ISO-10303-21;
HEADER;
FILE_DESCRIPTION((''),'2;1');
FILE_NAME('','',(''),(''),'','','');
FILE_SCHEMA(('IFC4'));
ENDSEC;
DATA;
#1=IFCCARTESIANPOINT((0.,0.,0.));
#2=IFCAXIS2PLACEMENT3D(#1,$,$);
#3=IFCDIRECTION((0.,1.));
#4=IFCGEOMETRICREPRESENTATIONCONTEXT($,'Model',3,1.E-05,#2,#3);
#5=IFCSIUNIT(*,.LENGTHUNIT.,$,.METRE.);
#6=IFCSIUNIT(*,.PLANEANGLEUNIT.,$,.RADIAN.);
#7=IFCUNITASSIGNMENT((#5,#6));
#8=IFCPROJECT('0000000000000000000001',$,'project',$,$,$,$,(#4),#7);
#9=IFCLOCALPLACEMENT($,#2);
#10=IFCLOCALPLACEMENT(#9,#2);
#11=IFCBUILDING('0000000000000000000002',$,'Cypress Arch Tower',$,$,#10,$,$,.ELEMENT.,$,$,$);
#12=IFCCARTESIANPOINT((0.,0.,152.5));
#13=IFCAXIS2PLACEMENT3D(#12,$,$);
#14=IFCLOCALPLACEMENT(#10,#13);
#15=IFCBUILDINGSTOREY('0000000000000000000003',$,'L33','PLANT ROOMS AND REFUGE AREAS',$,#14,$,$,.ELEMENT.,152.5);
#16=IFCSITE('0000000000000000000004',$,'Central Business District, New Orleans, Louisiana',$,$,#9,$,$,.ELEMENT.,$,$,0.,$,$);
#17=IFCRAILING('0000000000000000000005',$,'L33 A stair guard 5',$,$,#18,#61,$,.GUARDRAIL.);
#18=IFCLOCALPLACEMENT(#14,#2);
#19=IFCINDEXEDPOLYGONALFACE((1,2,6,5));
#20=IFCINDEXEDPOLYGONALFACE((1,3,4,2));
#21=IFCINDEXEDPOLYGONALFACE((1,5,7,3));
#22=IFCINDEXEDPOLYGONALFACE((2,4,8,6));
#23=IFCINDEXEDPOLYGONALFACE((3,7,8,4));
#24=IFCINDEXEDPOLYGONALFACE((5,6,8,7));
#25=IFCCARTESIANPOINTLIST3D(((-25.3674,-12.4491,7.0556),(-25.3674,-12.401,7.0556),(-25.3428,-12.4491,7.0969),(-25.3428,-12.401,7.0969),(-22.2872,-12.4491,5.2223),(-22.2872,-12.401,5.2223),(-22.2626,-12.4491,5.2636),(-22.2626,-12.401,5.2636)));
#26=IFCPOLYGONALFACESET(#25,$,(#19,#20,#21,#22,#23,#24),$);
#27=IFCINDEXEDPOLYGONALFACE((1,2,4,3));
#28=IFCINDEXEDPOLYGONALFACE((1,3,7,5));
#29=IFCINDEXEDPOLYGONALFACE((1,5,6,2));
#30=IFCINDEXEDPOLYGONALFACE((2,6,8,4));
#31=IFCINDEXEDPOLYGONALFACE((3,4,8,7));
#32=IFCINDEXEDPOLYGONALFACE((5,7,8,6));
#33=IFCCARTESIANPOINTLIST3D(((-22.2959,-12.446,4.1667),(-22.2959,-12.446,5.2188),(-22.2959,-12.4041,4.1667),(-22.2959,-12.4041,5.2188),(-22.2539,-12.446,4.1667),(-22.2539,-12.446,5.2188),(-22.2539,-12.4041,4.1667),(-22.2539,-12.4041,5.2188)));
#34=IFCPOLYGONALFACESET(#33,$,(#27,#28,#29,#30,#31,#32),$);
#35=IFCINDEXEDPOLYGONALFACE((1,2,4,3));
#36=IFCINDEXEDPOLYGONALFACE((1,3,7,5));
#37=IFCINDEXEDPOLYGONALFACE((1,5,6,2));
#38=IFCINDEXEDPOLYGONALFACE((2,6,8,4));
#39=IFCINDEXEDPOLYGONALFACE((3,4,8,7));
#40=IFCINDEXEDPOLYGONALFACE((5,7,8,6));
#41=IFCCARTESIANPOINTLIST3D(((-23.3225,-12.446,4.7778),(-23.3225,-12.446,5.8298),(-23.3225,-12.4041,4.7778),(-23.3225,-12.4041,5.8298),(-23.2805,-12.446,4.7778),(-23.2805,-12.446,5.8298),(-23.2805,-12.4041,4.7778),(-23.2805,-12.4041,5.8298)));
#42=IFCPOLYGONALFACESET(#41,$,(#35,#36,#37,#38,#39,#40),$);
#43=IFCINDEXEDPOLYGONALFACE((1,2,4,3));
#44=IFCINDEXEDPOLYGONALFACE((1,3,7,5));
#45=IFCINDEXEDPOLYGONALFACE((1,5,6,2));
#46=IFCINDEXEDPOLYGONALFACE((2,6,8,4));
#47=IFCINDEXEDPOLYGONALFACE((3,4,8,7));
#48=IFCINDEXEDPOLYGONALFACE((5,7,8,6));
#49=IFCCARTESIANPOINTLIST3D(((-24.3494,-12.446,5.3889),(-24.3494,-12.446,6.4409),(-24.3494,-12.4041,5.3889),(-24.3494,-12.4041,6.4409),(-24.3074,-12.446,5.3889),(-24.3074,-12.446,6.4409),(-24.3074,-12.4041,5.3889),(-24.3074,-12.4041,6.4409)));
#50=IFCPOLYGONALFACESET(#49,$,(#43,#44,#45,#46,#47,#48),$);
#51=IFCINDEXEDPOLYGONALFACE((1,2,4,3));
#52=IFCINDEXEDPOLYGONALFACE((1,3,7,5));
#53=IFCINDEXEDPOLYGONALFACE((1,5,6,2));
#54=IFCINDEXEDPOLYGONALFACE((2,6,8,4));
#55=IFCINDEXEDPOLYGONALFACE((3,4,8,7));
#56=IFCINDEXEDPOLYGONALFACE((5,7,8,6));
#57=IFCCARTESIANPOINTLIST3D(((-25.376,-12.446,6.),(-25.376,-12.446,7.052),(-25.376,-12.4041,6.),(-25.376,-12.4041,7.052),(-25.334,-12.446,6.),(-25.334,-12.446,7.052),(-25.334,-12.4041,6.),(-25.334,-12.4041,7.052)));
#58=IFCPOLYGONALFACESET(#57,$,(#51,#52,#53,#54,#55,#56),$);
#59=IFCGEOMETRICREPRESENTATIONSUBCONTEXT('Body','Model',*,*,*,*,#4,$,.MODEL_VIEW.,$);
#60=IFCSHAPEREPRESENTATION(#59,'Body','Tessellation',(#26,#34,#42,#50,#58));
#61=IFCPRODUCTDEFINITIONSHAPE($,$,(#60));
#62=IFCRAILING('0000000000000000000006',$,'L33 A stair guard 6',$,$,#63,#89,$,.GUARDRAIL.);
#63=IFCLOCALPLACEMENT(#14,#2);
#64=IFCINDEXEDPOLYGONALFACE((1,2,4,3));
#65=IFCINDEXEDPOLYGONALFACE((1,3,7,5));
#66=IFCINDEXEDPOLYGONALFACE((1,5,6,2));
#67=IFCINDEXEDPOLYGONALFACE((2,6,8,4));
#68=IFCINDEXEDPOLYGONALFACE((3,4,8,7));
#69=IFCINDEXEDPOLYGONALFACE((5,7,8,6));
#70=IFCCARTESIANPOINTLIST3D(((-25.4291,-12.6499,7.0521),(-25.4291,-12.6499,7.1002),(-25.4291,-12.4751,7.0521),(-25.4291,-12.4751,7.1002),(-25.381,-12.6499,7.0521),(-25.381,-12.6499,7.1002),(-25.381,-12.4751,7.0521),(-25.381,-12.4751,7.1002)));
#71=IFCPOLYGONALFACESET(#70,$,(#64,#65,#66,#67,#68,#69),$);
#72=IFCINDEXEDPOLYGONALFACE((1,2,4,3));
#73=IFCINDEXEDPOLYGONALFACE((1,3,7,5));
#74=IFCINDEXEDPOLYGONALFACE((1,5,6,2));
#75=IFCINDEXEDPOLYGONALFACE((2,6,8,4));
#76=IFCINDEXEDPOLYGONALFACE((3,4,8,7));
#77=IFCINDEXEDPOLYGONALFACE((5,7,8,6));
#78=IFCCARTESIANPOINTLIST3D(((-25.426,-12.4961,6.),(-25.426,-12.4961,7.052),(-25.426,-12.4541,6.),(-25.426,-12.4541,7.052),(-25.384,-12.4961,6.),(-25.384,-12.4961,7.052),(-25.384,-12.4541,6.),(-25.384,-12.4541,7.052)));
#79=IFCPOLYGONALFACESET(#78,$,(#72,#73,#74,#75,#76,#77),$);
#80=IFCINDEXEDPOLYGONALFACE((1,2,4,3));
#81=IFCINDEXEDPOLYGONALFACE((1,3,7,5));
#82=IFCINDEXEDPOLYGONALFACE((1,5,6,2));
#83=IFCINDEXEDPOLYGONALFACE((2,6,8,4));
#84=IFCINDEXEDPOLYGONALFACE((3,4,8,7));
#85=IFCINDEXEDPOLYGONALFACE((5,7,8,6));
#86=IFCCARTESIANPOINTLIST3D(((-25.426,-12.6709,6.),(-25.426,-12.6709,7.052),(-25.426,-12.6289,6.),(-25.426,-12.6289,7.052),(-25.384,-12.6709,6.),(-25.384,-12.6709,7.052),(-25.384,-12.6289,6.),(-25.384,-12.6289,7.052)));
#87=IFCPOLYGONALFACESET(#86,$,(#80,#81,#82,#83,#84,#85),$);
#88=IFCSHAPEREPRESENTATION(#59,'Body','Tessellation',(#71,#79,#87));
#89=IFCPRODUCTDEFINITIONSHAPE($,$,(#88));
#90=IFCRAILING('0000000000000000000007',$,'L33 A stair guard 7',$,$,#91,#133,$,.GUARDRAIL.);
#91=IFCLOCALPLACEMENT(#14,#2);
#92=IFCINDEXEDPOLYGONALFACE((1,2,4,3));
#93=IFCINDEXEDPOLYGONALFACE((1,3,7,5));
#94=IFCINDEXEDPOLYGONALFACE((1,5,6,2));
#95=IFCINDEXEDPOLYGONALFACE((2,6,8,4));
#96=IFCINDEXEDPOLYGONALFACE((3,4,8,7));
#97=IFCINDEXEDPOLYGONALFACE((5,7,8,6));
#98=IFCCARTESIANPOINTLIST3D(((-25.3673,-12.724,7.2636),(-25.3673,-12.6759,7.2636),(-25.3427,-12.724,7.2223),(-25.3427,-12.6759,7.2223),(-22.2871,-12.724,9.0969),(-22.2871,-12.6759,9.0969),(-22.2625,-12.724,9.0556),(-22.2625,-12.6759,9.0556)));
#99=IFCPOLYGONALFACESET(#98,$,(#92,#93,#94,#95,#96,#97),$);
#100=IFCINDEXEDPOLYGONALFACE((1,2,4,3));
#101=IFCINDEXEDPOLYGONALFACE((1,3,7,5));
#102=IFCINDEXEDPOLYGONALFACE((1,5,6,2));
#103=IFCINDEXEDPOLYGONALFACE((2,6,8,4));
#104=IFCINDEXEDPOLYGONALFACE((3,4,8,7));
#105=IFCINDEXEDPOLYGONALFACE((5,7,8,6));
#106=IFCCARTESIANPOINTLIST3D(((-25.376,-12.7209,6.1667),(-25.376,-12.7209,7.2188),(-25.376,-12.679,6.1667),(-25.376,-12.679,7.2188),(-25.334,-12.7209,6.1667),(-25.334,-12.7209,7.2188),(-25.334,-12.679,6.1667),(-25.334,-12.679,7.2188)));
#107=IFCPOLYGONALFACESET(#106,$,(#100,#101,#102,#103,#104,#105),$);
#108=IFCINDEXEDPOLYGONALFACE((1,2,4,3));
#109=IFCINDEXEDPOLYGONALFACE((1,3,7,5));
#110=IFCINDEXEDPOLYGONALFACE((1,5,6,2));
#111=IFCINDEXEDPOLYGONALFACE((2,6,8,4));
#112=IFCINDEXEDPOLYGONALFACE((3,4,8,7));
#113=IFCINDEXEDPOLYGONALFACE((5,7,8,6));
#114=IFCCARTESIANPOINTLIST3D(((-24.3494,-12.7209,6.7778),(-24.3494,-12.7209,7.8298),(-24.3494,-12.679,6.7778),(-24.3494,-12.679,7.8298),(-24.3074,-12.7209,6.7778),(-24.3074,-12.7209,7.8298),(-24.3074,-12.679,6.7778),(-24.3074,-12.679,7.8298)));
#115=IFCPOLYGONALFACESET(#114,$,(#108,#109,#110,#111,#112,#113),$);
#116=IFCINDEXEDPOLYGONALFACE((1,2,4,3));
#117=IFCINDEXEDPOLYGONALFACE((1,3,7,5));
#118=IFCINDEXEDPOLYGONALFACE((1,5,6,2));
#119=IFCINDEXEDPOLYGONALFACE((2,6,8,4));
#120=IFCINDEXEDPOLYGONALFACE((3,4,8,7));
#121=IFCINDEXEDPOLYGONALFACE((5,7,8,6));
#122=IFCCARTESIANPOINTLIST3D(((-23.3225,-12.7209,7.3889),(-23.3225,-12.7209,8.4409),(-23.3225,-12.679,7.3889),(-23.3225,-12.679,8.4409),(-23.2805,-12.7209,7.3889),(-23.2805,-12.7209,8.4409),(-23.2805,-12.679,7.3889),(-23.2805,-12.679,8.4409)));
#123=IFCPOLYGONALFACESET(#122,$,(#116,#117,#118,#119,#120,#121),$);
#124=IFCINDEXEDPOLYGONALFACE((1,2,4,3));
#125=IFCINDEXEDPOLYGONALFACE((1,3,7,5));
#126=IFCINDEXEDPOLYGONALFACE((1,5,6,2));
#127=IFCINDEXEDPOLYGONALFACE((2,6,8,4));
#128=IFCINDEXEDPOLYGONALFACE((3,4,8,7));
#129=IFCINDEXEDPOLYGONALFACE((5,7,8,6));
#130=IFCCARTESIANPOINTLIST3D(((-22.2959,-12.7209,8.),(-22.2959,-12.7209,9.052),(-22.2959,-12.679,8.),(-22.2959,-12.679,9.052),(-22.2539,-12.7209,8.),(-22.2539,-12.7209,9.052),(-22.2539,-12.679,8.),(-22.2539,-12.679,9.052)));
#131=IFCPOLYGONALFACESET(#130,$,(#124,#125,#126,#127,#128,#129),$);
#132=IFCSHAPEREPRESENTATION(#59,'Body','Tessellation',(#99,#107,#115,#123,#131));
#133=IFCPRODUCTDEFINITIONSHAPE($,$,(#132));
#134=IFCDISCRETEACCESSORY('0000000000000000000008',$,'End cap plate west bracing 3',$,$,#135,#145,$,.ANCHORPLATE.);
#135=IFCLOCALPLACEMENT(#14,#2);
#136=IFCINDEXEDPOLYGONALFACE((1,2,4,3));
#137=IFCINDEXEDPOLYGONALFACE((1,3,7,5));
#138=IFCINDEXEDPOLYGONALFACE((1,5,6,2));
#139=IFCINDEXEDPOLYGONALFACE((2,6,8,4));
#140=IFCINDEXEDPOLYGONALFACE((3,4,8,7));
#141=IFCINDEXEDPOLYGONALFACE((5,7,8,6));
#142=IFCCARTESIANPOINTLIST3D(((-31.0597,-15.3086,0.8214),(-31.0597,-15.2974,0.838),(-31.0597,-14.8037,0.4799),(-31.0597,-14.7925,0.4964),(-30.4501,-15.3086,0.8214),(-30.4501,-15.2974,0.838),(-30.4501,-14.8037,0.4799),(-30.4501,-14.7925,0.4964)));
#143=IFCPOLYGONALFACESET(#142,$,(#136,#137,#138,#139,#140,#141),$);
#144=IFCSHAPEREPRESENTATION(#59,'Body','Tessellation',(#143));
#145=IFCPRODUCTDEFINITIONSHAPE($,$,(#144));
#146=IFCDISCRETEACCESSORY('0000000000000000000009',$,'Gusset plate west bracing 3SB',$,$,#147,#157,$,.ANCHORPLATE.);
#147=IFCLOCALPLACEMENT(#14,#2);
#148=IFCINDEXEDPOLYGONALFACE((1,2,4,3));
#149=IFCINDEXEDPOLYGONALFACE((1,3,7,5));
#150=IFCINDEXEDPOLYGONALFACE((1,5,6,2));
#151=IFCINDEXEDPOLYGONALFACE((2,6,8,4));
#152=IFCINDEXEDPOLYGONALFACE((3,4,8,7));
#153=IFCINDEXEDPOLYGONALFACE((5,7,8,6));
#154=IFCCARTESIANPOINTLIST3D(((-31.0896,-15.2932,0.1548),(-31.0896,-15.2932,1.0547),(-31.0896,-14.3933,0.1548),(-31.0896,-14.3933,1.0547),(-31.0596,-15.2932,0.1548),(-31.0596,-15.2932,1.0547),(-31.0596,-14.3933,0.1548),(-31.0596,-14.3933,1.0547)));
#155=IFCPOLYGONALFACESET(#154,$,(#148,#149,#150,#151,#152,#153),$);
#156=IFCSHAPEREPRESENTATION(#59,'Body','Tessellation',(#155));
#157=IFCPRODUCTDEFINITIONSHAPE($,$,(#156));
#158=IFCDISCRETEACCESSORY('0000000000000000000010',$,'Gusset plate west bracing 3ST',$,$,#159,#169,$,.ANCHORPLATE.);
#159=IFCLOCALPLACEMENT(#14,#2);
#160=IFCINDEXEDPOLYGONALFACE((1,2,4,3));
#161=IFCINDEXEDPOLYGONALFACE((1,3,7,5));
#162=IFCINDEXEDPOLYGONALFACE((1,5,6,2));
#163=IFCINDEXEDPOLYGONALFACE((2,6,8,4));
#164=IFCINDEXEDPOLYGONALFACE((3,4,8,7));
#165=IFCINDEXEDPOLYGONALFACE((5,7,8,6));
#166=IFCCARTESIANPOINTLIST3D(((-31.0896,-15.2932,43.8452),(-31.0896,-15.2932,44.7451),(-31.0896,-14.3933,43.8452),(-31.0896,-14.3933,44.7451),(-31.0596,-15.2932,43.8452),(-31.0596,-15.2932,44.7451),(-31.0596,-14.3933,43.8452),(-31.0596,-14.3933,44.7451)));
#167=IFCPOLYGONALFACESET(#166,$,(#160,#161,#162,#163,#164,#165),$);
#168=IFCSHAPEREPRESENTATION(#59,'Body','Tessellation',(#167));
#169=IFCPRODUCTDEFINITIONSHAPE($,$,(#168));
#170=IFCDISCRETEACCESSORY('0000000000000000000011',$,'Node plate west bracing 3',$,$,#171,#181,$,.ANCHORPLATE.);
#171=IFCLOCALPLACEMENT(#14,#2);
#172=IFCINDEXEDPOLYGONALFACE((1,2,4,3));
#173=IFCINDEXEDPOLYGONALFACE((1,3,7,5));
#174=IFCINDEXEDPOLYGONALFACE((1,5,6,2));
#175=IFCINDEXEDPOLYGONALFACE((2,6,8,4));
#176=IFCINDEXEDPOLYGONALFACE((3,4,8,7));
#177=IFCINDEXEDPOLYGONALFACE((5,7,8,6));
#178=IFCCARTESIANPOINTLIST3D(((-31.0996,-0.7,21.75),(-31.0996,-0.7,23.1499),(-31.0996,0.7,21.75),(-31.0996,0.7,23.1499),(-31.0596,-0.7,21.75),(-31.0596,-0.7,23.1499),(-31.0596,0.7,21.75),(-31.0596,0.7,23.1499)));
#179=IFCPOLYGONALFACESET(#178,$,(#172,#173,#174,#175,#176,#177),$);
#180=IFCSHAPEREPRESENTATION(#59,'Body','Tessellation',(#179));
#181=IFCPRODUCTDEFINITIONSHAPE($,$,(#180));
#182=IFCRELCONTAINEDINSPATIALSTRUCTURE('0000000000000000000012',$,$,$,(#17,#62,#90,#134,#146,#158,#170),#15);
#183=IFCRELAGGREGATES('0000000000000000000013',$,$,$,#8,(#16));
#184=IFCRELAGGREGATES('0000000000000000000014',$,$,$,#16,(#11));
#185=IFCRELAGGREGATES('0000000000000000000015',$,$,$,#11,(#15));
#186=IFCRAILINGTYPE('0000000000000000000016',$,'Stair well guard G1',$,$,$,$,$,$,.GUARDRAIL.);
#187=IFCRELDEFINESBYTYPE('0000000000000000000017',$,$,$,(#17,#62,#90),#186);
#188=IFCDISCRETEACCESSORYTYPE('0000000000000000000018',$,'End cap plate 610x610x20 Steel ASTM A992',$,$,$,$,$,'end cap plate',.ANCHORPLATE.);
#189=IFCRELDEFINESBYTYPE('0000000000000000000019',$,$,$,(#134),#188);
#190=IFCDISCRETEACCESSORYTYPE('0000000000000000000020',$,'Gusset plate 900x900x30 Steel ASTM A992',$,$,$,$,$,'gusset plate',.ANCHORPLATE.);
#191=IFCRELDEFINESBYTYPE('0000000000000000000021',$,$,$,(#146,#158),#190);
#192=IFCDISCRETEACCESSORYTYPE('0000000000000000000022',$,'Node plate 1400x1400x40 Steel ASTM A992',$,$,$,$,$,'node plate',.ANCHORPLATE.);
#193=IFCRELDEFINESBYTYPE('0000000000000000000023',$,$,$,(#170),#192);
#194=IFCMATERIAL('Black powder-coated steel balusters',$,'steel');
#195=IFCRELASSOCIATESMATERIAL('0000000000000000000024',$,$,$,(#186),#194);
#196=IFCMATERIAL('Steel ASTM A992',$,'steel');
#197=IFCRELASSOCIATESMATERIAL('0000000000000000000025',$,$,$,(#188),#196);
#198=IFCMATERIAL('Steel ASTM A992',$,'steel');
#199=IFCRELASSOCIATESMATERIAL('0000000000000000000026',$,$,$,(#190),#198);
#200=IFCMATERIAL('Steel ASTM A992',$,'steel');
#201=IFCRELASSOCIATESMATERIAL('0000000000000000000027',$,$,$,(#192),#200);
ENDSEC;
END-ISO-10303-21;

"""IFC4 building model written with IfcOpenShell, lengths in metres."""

from ifc_helpers import new_model, si_unit, direction, frame, origin, origin_2d, place, context, subcontext, project, spatial, rectangle, extrude, material, material_profile, profile_set, type_object, element, save


model = new_model("IFC4")

# Units and contexts
model_context = context("Model", 3, precision=1e-05, world=origin(), true_north=direction((0.0, 1.0)))
body_context = subcontext(model_context, "Body", "Model", "MODEL_VIEW")
ifc_project = project(units=[si_unit("LENGTHUNIT", "METRE"), si_unit("PLANEANGLEUNIT", "RADIAN")], contexts=[model_context])

# Site, building, storey
site_placement = place(None, origin())
site = spatial("IfcSite", under=ifc_project, at=site_placement, Name="Central Business District, New Orleans, Louisiana", CompositionType="ELEMENT", RefElevation=0.0)
building_placement = place(site_placement, origin())
building = spatial("IfcBuilding", under=site, at=building_placement, Name="Cypress Arch Tower", CompositionType="ELEMENT")
storey_placement = place(building_placement, frame((0.0, 0.0, 152.5)))
storey = spatial("IfcBuildingStorey", under=building, at=storey_placement, Name="L33", Description="PLANT ROOMS AND REFUGE AREAS", CompositionType="ELEMENT", Elevation=152.5)

# Railings
ifc_material_1 = material(Name="Black powder-coated steel balusters", Category="steel")
railing_type_1 = type_object("IfcRailingType", Name="Stair well guard G1", PredefinedType="GUARDRAIL", material=ifc_material_1)
railing_1_placement = place(storey_placement, frame((-22.2749, -12.425, 4.1667)))
element("IfcRailing", 1, at=railing_1_placement, inside=storey, type_object=railing_type_1, Name="L33 A stair guard 5", PredefinedType="GUARDRAIL", context=body_context, shape_type="SweptSolid", body=[
    extrude(rectangle(XDim=0.0481, YDim=0.0481, at=origin_2d()), frame((0.0, 0.0, 1.0762), z_axis=(-0.859309, 0.0, 0.511458), x_axis=(0.0, -1.0, 0.0)), (0.0, 0.0, 1.0), 3.5845),
    extrude(rectangle(XDim=0.042, YDim=0.042, at=origin_2d()), origin(), (0.0, 0.0, 1.0), 1.052),
    extrude(rectangle(XDim=0.042, YDim=0.042, at=origin_2d()), frame((-1.0266, 0.0, 0.6111)), (0.0, 0.0, 1.0), 1.052),
    extrude(rectangle(XDim=0.042, YDim=0.042, at=origin_2d()), frame((-2.0535, 0.0, 1.2222)), (0.0, 0.0, 1.0), 1.052),
    extrude(rectangle(XDim=0.042, YDim=0.042, at=origin_2d()), frame((-3.0801, 0.0, 1.8333)), (0.0, 0.0, 1.0), 1.052),
])
railing_2_placement = place(storey_placement, frame((-25.405, -12.4751, 6.0)))
element("IfcRailing", 2, at=railing_2_placement, inside=storey, type_object=railing_type_1, Name="L33 A stair guard 6", PredefinedType="GUARDRAIL", context=body_context, shape_type="SweptSolid", body=[
    extrude(rectangle(XDim=0.0481, YDim=0.0481, at=origin_2d()), frame((0.0, 0.0, 1.0762), z_axis=(0.0, -1.0, 0.0), x_axis=(1.0, 0.0, 0.0)), (0.0, 0.0, 1.0), 0.1748),
    extrude(rectangle(XDim=0.042, YDim=0.042, at=origin_2d()), origin(), (0.0, 0.0, 1.0), 1.052),
    extrude(rectangle(XDim=0.042, YDim=0.042, at=origin_2d()), frame((0.0, -0.1748, 0.0)), (0.0, 0.0, 1.0), 1.052),
])
railing_3_placement = place(storey_placement, frame((-25.355, -12.7, 6.1667)))
element("IfcRailing", 3, at=railing_3_placement, inside=storey, type_object=railing_type_1, Name="L33 A stair guard 7", PredefinedType="GUARDRAIL", context=body_context, shape_type="SweptSolid", body=[
    extrude(rectangle(XDim=0.0481, YDim=0.0481, at=origin_2d()), frame((0.0, 0.0, 1.0762), z_axis=(0.859309, 0.0, 0.511458), x_axis=(0.0, 1.0, 0.0)), (0.0, 0.0, 1.0), 3.5845),
    extrude(rectangle(XDim=0.042, YDim=0.042, at=origin_2d()), origin(), (0.0, 0.0, 1.0), 1.052),
    extrude(rectangle(XDim=0.042, YDim=0.042, at=origin_2d()), frame((1.0266, 0.0, 0.6111)), (0.0, 0.0, 1.0), 1.052),
    extrude(rectangle(XDim=0.042, YDim=0.042, at=origin_2d()), frame((2.0535, 0.0, 1.2222)), (0.0, 0.0, 1.0), 1.052),
    extrude(rectangle(XDim=0.042, YDim=0.042, at=origin_2d()), frame((3.0801, 0.0, 1.8333)), (0.0, 0.0, 1.0), 1.052),
])

# Discrete accessories
ifc_material_2 = material(Name="Steel ASTM A992", Category="steel")
ifc_material_profile_1 = material_profile(ifc_material_2, rectangle(XDim=0.6096, YDim=0.6096, at=origin_2d()), Name="PL 20 610x610")
ifc_profile_set_1 = profile_set([ifc_material_profile_1], Name="Steel ASTM A992")
discrete_accessory_type_1 = type_object("IfcDiscreteAccessoryType", Name="End cap plate 610x610x20 Steel ASTM A992", ElementType="end cap plate", PredefinedType="ANCHORPLATE", material=ifc_profile_set_1)
discrete_accessory_1_placement = place(storey_placement, frame((-30.7549, -15.0449, 0.6672), z_axis=(0.0, -0.560309, -0.828283), x_axis=(1.0, 0.0, 0.0)))
element("IfcDiscreteAccessory", 4, at=discrete_accessory_1_placement, inside=storey, type_object=discrete_accessory_type_1, Name="End cap plate west bracing 3", PredefinedType="ANCHORPLATE", context=body_context, shape_type="SweptSolid", body=[
    extrude(rectangle(XDim=0.6096, YDim=0.6096, at=origin_2d()), origin(), (0.0, 0.0, 1.0), 0.02),
])
ifc_material_3 = material(Name="Steel ASTM A992", Category="steel")
ifc_material_profile_2 = material_profile(ifc_material_3, rectangle(XDim=0.8999, YDim=0.8999, at=origin_2d()), Name="PL 30 900x900")
ifc_profile_set_2 = profile_set([ifc_material_profile_2], Name="Steel ASTM A992")
discrete_accessory_type_2 = type_object("IfcDiscreteAccessoryType", Name="Gusset plate 900x900x30 Steel ASTM A992", ElementType="gusset plate", PredefinedType="ANCHORPLATE", material=ifc_profile_set_2)
for number, where, z_axis, x_axis, name in (
    (5, (-31.0596, -14.8433, 0.6047), (-1.0, 0.0, 0.0), (0.0, -1.0, 0.0), "Gusset plate west bracing 3SB"),
    (6, (-31.0596, -14.8433, 44.2952), (-1.0, 0.0, 0.0), (0.0, -1.0, 0.0), "Gusset plate west bracing 3ST"),
):
    element("IfcDiscreteAccessory", number, at=place(storey_placement, frame(where, z_axis=z_axis, x_axis=x_axis)), inside=storey, type_object=discrete_accessory_type_2, Name=name, PredefinedType="ANCHORPLATE", context=body_context, shape_type="SweptSolid", body=[
        extrude(rectangle(XDim=0.8999, YDim=0.8999, at=origin_2d()), origin(), (0.0, 0.0, 1.0), 0.03),
    ])
ifc_material_4 = material(Name="Steel ASTM A992", Category="steel")
ifc_material_profile_3 = material_profile(ifc_material_4, rectangle(XDim=1.3999, YDim=1.3999, at=origin_2d()), Name="PL 40 1400x1400")
ifc_profile_set_3 = profile_set([ifc_material_profile_3], Name="Steel ASTM A992")
discrete_accessory_type_3 = type_object("IfcDiscreteAccessoryType", Name="Node plate 1400x1400x40 Steel ASTM A992", ElementType="node plate", PredefinedType="ANCHORPLATE", material=ifc_profile_set_3)
discrete_accessory_2_placement = place(storey_placement, frame((-31.0596, 0.0, 22.45), z_axis=(-1.0, 0.0, 0.0), x_axis=(0.0, -1.0, 0.0)))
element("IfcDiscreteAccessory", 7, at=discrete_accessory_2_placement, inside=storey, type_object=discrete_accessory_type_3, Name="Node plate west bracing 3", PredefinedType="ANCHORPLATE", context=body_context, shape_type="SweptSolid", body=[
    extrude(rectangle(XDim=1.3999, YDim=1.3999, at=origin_2d()), origin(), (0.0, 0.0, 1.0), 0.04),
])

save(model, "model.ifc")
